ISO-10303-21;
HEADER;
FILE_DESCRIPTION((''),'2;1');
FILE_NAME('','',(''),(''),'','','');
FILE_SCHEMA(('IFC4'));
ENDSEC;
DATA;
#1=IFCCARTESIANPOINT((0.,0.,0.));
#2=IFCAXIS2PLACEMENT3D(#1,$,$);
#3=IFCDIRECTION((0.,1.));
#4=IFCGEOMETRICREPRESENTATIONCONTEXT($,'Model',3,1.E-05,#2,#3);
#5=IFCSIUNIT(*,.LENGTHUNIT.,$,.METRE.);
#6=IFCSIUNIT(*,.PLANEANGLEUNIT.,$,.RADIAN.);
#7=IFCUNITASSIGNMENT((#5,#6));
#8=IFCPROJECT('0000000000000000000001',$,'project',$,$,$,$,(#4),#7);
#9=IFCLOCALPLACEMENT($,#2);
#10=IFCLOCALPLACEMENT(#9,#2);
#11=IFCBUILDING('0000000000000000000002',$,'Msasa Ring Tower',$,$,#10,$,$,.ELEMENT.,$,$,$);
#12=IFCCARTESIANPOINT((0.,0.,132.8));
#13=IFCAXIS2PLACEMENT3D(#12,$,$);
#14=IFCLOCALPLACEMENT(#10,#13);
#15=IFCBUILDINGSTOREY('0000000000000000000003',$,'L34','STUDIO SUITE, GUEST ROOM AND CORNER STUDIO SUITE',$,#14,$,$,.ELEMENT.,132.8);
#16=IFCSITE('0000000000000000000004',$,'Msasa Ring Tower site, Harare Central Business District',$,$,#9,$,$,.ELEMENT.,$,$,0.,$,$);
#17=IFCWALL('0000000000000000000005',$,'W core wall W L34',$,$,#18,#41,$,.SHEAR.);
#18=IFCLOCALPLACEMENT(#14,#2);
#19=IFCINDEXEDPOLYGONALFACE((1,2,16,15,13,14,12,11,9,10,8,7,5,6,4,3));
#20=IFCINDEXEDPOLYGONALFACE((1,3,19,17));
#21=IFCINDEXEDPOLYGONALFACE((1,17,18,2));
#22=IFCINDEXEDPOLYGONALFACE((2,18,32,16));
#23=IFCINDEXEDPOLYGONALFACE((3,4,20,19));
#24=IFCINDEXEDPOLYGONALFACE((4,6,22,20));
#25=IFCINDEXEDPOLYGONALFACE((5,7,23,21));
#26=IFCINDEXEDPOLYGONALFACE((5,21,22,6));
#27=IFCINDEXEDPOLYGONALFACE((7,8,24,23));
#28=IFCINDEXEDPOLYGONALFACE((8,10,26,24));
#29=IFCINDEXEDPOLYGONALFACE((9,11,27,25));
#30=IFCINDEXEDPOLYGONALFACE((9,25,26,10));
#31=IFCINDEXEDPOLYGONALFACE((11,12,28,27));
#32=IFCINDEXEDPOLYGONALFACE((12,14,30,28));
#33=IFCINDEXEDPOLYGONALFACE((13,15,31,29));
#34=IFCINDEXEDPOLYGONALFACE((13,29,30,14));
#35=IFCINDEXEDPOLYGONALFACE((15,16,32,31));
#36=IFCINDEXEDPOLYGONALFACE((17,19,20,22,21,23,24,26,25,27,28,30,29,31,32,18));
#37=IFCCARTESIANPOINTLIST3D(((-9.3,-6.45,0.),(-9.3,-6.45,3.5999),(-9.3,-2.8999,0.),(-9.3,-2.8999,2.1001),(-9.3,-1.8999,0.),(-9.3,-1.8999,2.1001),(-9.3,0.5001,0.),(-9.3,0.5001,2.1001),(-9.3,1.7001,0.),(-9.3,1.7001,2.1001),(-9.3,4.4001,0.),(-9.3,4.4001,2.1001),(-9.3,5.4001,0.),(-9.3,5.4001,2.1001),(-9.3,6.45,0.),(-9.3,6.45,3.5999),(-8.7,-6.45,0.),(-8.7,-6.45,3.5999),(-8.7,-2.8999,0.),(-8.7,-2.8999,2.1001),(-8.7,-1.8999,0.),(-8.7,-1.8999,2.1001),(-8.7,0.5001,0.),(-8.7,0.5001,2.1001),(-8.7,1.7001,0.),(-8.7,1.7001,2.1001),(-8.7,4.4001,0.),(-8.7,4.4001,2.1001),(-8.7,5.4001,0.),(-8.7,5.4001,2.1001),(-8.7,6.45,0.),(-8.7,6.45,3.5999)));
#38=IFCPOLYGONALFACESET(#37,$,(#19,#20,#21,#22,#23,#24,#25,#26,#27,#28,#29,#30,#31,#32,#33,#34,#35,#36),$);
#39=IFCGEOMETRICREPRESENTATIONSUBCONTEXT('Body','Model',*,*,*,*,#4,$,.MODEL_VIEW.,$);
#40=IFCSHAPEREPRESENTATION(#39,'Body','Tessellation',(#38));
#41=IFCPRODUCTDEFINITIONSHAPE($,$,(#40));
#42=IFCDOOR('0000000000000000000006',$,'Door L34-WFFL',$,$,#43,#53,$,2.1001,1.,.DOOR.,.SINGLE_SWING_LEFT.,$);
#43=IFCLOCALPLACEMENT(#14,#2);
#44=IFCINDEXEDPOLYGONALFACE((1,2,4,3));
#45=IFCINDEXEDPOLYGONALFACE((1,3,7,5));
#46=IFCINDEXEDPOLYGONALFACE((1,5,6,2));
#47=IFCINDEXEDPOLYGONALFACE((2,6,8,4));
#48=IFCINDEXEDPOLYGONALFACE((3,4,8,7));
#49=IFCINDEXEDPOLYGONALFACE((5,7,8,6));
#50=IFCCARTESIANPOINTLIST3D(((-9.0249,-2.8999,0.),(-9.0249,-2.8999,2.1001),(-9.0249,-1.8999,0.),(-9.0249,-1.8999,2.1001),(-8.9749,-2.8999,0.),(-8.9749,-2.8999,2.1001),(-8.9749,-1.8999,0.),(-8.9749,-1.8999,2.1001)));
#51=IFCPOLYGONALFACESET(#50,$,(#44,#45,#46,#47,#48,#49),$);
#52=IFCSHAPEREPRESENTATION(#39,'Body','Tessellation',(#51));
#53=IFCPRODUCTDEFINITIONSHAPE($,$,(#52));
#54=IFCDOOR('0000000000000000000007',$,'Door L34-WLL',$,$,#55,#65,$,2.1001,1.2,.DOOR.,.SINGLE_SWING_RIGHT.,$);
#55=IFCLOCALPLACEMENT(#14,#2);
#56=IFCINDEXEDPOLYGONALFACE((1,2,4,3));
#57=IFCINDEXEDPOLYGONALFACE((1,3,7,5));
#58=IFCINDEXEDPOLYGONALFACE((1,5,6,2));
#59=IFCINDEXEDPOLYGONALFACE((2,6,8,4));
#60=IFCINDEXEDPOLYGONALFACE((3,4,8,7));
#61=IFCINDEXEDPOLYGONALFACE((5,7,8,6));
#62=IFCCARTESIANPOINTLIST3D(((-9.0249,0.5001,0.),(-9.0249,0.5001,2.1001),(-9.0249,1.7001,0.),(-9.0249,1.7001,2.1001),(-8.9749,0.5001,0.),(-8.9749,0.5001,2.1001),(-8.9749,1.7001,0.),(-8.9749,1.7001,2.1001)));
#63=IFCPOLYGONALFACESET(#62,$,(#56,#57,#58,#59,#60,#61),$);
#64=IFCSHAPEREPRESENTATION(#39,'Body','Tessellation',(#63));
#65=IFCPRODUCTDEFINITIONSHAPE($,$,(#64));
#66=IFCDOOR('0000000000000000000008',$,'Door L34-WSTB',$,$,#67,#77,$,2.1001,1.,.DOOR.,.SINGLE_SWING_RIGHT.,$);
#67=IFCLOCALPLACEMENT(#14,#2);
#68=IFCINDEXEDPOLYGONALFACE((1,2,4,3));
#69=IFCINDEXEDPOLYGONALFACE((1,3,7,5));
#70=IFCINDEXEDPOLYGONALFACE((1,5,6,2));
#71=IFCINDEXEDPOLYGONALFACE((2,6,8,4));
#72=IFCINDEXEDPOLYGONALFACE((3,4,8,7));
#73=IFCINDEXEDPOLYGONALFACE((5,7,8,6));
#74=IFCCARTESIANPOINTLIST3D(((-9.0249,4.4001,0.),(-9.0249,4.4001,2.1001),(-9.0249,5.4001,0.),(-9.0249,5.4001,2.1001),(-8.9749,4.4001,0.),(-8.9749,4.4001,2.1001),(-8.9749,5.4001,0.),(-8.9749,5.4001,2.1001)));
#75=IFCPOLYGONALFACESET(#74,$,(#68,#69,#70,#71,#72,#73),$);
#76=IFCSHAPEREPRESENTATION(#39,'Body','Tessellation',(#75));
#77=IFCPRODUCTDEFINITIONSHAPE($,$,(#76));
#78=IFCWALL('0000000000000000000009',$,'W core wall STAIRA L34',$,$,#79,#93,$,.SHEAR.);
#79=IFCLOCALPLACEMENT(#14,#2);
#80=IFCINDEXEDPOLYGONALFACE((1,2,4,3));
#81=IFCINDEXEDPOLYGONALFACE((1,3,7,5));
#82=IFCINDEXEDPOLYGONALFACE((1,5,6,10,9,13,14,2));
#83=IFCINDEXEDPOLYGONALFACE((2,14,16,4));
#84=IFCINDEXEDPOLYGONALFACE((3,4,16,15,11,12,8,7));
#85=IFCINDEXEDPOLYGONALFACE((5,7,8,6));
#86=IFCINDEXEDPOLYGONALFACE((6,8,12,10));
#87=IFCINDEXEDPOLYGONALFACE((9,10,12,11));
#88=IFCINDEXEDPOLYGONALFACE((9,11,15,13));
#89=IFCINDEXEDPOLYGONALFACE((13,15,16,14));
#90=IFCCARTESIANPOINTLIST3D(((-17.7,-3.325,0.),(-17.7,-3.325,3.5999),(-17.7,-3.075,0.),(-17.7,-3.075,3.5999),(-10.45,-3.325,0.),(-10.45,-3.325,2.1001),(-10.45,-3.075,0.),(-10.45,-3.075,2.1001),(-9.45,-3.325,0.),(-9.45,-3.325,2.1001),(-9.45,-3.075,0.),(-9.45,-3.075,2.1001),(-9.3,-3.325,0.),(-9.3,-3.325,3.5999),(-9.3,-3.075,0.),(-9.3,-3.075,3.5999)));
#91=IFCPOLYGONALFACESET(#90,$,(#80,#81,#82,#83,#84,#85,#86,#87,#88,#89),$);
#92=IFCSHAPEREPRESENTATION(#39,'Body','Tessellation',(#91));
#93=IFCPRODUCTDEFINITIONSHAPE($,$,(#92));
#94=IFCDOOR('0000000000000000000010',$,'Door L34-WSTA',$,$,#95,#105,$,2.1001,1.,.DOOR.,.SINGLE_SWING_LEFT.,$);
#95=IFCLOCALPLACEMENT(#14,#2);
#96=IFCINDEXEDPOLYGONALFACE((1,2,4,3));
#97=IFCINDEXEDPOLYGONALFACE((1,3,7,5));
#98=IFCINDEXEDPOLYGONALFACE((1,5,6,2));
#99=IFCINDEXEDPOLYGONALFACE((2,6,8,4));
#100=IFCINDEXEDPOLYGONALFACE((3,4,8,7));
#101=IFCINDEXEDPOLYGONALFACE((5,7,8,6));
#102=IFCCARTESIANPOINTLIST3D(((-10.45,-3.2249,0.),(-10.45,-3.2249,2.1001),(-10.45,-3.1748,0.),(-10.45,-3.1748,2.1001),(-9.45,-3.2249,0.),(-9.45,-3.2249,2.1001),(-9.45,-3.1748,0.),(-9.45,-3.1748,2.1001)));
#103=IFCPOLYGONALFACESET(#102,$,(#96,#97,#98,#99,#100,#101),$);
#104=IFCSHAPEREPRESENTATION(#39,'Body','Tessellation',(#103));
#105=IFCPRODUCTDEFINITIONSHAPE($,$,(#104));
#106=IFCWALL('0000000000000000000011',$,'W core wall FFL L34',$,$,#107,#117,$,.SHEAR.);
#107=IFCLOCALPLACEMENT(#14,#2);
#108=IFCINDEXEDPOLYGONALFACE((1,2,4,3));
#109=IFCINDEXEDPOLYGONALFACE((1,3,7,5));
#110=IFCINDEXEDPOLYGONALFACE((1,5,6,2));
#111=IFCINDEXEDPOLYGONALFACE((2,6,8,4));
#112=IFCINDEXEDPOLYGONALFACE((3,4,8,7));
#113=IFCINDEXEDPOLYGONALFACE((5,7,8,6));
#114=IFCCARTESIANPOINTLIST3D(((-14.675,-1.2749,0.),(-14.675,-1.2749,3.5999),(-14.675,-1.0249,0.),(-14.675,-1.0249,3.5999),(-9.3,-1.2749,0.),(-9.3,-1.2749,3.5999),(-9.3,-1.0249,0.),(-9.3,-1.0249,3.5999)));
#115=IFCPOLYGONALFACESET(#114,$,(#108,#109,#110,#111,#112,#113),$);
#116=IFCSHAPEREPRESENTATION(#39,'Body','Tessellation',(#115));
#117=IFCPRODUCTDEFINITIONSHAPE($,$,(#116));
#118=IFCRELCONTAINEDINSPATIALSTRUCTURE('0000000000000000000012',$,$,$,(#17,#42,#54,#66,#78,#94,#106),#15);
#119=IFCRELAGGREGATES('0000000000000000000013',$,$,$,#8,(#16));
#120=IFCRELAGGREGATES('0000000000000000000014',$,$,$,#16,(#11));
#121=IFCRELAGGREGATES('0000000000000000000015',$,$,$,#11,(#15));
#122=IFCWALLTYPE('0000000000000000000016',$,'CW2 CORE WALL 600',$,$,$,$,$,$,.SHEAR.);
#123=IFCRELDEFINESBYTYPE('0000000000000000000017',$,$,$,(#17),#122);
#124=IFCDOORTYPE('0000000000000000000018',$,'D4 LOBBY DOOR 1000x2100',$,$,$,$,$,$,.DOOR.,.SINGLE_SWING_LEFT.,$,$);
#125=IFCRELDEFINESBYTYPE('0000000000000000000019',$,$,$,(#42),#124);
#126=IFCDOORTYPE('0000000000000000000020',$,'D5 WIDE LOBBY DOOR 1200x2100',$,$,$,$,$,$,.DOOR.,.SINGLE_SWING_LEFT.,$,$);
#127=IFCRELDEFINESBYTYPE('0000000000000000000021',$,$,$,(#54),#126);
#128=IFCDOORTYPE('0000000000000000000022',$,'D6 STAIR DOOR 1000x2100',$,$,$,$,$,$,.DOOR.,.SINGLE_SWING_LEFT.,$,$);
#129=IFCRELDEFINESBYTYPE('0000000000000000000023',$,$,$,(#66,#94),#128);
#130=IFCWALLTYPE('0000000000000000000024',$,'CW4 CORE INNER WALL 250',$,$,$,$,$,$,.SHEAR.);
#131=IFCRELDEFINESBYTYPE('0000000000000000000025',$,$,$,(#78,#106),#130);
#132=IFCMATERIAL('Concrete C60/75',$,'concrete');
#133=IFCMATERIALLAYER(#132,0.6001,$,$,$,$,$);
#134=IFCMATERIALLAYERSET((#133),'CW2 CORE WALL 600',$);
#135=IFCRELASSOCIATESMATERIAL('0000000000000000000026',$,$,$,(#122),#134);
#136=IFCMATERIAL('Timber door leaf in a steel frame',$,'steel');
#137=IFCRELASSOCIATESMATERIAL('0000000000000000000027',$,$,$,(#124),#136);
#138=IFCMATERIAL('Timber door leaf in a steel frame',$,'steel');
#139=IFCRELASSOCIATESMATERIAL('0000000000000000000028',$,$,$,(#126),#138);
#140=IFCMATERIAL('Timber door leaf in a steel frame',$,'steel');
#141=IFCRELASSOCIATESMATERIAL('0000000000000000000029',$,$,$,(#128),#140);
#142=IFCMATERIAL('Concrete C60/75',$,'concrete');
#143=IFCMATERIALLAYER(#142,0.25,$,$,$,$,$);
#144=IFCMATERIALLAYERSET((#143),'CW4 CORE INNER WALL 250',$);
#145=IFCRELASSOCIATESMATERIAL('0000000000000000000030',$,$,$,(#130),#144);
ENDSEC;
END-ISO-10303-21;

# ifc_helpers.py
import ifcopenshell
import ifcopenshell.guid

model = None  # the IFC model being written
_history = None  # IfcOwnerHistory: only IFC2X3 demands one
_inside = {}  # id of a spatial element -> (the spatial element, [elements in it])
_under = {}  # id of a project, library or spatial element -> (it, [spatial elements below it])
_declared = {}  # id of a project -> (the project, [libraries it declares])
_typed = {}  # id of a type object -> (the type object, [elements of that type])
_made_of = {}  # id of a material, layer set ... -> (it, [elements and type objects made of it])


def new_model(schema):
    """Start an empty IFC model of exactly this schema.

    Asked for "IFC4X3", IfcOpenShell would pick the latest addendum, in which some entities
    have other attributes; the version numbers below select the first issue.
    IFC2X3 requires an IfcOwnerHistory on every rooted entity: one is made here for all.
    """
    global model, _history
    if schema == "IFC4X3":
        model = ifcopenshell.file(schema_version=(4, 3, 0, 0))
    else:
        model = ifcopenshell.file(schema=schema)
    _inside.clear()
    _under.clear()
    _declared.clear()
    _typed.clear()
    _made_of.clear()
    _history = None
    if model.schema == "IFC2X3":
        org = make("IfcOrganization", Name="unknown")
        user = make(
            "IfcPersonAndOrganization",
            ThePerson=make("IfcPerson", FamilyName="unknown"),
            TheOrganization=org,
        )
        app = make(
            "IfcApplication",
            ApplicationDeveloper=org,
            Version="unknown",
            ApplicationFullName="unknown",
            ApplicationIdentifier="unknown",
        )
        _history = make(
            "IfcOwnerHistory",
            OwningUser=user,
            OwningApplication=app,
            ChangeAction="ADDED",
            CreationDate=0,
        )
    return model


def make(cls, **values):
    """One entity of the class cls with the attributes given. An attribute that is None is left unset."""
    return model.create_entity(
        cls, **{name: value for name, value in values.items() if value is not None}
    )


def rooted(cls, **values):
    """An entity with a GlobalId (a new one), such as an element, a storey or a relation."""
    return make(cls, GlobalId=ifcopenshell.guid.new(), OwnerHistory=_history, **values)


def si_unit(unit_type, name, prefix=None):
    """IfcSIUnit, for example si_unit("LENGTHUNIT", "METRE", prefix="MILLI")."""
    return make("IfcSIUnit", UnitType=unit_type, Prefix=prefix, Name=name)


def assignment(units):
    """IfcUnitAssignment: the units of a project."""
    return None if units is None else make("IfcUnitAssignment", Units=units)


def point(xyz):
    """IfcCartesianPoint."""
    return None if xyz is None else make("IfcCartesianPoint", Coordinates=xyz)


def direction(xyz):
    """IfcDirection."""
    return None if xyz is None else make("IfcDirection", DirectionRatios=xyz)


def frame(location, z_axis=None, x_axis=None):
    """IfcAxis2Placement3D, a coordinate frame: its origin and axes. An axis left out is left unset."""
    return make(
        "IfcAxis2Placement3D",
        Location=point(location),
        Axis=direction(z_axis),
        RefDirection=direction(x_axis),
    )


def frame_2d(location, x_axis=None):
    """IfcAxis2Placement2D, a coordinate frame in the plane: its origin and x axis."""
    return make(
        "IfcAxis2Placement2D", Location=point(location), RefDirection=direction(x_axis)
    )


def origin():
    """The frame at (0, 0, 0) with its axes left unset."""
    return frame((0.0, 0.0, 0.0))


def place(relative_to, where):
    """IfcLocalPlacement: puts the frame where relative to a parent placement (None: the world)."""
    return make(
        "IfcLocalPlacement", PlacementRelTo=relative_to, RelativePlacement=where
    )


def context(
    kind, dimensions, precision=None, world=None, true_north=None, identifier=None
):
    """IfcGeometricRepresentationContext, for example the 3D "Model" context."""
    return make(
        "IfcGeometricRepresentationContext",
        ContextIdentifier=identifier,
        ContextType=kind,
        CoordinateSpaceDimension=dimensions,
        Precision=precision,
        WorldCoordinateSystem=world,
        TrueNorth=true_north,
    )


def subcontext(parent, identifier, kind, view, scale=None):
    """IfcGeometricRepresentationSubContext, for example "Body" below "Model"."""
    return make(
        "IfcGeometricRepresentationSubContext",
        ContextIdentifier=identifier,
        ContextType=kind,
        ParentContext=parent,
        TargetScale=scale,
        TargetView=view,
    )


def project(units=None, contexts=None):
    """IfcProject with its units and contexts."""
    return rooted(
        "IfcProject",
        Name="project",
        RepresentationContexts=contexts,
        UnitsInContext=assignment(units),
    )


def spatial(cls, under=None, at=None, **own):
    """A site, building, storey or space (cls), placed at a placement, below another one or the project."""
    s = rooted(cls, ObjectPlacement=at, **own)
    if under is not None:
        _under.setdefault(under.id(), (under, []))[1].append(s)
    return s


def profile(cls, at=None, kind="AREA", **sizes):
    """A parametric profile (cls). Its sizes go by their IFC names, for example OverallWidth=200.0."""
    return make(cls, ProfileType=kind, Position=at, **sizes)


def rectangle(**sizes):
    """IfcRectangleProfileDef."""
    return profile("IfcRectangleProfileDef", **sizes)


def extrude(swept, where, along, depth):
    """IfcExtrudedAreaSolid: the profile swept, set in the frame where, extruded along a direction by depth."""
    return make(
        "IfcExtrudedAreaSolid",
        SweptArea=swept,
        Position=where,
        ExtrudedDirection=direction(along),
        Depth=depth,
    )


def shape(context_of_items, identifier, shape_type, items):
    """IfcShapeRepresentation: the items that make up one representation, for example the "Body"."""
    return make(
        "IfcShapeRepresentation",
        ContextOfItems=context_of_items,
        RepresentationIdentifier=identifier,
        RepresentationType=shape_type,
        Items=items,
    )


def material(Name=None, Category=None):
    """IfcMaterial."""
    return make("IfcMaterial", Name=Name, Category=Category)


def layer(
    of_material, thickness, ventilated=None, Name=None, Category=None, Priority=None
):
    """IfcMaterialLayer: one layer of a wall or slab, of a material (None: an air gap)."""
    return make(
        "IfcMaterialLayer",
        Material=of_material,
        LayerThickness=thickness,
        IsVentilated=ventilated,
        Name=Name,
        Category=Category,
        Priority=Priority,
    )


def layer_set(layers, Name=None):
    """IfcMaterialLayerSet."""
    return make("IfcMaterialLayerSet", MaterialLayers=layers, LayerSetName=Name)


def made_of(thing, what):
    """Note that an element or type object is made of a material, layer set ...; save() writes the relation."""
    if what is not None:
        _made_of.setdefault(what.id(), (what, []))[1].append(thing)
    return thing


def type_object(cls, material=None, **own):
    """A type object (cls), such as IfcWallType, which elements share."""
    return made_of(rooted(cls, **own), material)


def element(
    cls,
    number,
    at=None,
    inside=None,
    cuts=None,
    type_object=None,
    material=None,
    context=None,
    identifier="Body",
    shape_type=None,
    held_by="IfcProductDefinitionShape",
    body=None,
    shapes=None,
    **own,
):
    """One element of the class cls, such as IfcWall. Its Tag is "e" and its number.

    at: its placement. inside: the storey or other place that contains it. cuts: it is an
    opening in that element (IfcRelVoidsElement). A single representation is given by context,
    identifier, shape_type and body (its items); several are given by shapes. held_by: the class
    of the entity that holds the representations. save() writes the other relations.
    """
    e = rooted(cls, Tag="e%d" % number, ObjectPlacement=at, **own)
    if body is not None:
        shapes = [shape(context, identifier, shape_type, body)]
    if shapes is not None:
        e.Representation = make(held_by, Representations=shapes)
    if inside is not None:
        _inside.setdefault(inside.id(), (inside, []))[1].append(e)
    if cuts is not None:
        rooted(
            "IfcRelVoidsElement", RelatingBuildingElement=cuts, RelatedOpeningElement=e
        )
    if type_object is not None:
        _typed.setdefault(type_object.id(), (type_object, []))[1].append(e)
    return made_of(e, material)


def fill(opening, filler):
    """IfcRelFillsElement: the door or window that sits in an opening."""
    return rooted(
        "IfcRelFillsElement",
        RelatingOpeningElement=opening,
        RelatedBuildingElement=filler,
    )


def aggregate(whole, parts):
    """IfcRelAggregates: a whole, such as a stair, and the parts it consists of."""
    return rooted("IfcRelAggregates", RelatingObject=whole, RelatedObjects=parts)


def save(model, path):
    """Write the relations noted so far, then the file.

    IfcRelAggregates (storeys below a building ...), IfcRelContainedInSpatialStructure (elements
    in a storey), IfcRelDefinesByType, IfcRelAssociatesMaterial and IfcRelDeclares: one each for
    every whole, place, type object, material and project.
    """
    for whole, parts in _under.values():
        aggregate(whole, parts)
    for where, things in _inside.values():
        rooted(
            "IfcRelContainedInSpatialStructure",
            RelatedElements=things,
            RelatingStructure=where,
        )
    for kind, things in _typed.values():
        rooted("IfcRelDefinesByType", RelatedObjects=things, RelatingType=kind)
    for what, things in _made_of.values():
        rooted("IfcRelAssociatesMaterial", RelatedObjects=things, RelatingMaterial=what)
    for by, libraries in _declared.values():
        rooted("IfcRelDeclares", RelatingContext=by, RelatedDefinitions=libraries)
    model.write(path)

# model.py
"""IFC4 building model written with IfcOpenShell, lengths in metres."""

from ifc_helpers import new_model, si_unit, direction, frame, frame_2d, origin, place, context, subcontext, project, spatial, rectangle, extrude, material, layer, layer_set, type_object, element, fill, save


model = new_model("IFC4")

# Units and contexts
model_context = context("Model", 3, precision=1e-05, world=origin(), true_north=direction((0.0, 1.0)))
body_context = subcontext(model_context, "Body", "Model", "MODEL_VIEW")
ifc_project = project(units=[si_unit("LENGTHUNIT", "METRE"), si_unit("PLANEANGLEUNIT", "RADIAN")], contexts=[model_context])

# Site, building, storey
site_placement = place(None, origin())
site = spatial("IfcSite", under=ifc_project, at=site_placement, Name="Msasa Ring Tower site, Harare Central Business District", CompositionType="ELEMENT", RefElevation=0.0)
building_placement = place(site_placement, origin())
building = spatial("IfcBuilding", under=site, at=building_placement, Name="Msasa Ring Tower", CompositionType="ELEMENT")
storey_placement = place(building_placement, frame((0.0, 0.0, 132.8)))
storey = spatial("IfcBuildingStorey", under=building, at=storey_placement, Name="L34", Description="STUDIO SUITE, GUEST ROOM AND CORNER STUDIO SUITE", CompositionType="ELEMENT", Elevation=132.8)

# Shared definitions
ifc_material_1 = material(Name="Concrete C60/75", Category="concrete")
ifc_layer_1 = layer(ifc_material_1, 0.6001)
ifc_layer_set_1 = layer_set([ifc_layer_1], Name="CW2 CORE WALL 600")
wall_type_1 = type_object("IfcWallType", Name="CW2 CORE WALL 600", PredefinedType="SHEAR", material=ifc_layer_set_1)

# Wall, openings, doors
wall_1_placement = place(storey_placement, frame((-9.0, -6.45, 0.0), z_axis=(0.0, 0.0, 1.0), x_axis=(0.0, 1.0, 0.0)))
wall_1 = element("IfcWall", 1, at=wall_1_placement, inside=storey, type_object=wall_type_1, Name="W core wall W L34", PredefinedType="SHEAR", context=body_context, shape_type="SweptSolid", body=[
    extrude(rectangle(XDim=12.8999, YDim=0.6001, at=frame_2d((6.45, 0.0))), origin(), (0.0, 0.0, 1.0), 3.5999),
])
opening_1_placement = place(wall_1_placement, frame((3.55, 0.0, 0.0)))
opening_1 = element("IfcOpeningElement", 2, at=opening_1_placement, cuts=wall_1, PredefinedType="OPENING", context=body_context, shape_type="SweptSolid", body=[
    extrude(rectangle(XDim=1.0, YDim=2.1001, at=frame_2d((0.5, 1.05))), frame((0.0, 0.3101, 0.0), z_axis=(0.0, -1.0, 0.0), x_axis=(1.0, 0.0, 0.0)), (0.0, 0.0, 1.0), 0.6201),
])
opening_2_placement = place(wall_1_placement, frame((6.95, 0.0, 0.0)))
opening_2 = element("IfcOpeningElement", 3, at=opening_2_placement, cuts=wall_1, PredefinedType="OPENING", context=body_context, shape_type="SweptSolid", body=[
    extrude(rectangle(XDim=1.2, YDim=2.1001, at=frame_2d((0.6001, 1.05))), frame((0.0, 0.3101, 0.0), z_axis=(0.0, -1.0, 0.0), x_axis=(1.0, 0.0, 0.0)), (0.0, 0.0, 1.0), 0.6201),
])
opening_3_placement = place(wall_1_placement, frame((10.8501, 0.0, 0.0)))
opening_3 = element("IfcOpeningElement", 4, at=opening_3_placement, cuts=wall_1, PredefinedType="OPENING", context=body_context, shape_type="SweptSolid", body=[
    extrude(rectangle(XDim=1.0, YDim=2.1001, at=frame_2d((0.5, 1.05))), frame((0.0, 0.3101, 0.0), z_axis=(0.0, -1.0, 0.0), x_axis=(1.0, 0.0, 0.0)), (0.0, 0.0, 1.0), 0.6201),
])
ifc_material_2 = material(Name="Timber door leaf in a steel frame", Category="steel")
door_type_1 = type_object("IfcDoorType", Name="D4 LOBBY DOOR 1000x2100", OperationType="SINGLE_SWING_LEFT", PredefinedType="DOOR", material=ifc_material_2)
door_1_placement = place(opening_1_placement, origin())
door_1 = element("IfcDoor", 5, at=door_1_placement, inside=storey, type_object=door_type_1, Name="Door L34-WFFL", OperationType="SINGLE_SWING_LEFT", OverallHeight=2.1001, OverallWidth=1.0, PredefinedType="DOOR", context=body_context, shape_type="SweptSolid", body=[
    extrude(rectangle(XDim=1.0, YDim=2.1001, at=frame_2d((0.5, 1.05))), frame((0.0, 0.0249, 0.0), z_axis=(0.0, -1.0, 0.0), x_axis=(1.0, 0.0, 0.0)), (0.0, 0.0, 1.0), 0.05),
])
fill(opening_1, door_1)
ifc_material_3 = material(Name="Timber door leaf in a steel frame", Category="steel")
door_type_2 = type_object("IfcDoorType", Name="D5 WIDE LOBBY DOOR 1200x2100", OperationType="SINGLE_SWING_LEFT", PredefinedType="DOOR", material=ifc_material_3)
door_2_placement = place(opening_2_placement, origin())
door_2 = element("IfcDoor", 6, at=door_2_placement, inside=storey, type_object=door_type_2, Name="Door L34-WLL", OperationType="SINGLE_SWING_RIGHT", OverallHeight=2.1001, OverallWidth=1.2, PredefinedType="DOOR", context=body_context, shape_type="SweptSolid", body=[
    extrude(rectangle(XDim=1.2, YDim=2.1001, at=frame_2d((0.6001, 1.05))), frame((0.0, 0.0249, 0.0), z_axis=(0.0, -1.0, 0.0), x_axis=(1.0, 0.0, 0.0)), (0.0, 0.0, 1.0), 0.05),
])
fill(opening_2, door_2)
ifc_material_4 = material(Name="Timber door leaf in a steel frame", Category="steel")
door_type_3 = type_object("IfcDoorType", Name="D6 STAIR DOOR 1000x2100", OperationType="SINGLE_SWING_LEFT", PredefinedType="DOOR", material=ifc_material_4)
door_3_placement = place(opening_3_placement, origin())
door_3 = element("IfcDoor", 7, at=door_3_placement, inside=storey, type_object=door_type_3, Name="Door L34-WSTB", OperationType="SINGLE_SWING_RIGHT", OverallHeight=2.1001, OverallWidth=1.0, PredefinedType="DOOR", context=body_context, shape_type="SweptSolid", body=[
    extrude(rectangle(XDim=1.0, YDim=2.1001, at=frame_2d((0.5, 1.05))), frame((0.0, 0.0249, 0.0), z_axis=(0.0, -1.0, 0.0), x_axis=(1.0, 0.0, 0.0)), (0.0, 0.0, 1.0), 0.05),
])
fill(opening_3, door_3)

# Wall, opening, door
ifc_material_5 = material(Name="Concrete C60/75", Category="concrete")
ifc_layer_2 = layer(ifc_material_5, 0.25)
ifc_layer_set_2 = layer_set([ifc_layer_2], Name="CW4 CORE INNER WALL 250")
wall_type_2 = type_object("IfcWallType", Name="CW4 CORE INNER WALL 250", PredefinedType="SHEAR", material=ifc_layer_set_2)
wall_2_placement = place(storey_placement, frame((-9.3, -3.2, 0.0), z_axis=(0.0, 0.0, 1.0), x_axis=(-1.0, 0.0, 0.0)))
wall_2 = element("IfcWall", 8, at=wall_2_placement, inside=storey, type_object=wall_type_2, Name="W core wall STAIRA L34", PredefinedType="SHEAR", context=body_context, shape_type="SweptSolid", body=[
    extrude(rectangle(XDim=8.3999, YDim=0.25, at=frame_2d((4.2, 0.0))), origin(), (0.0, 0.0, 1.0), 3.5999),
])
opening_4_placement = place(wall_2_placement, frame((0.1499, 0.0, 0.0)))
opening_4 = element("IfcOpeningElement", 9, at=opening_4_placement, cuts=wall_2, PredefinedType="OPENING", context=body_context, shape_type="SweptSolid", body=[
    extrude(rectangle(XDim=1.0, YDim=2.1001, at=frame_2d((0.5, 1.05))), frame((0.0, 0.135, 0.0), z_axis=(0.0, -1.0, 0.0), x_axis=(1.0, 0.0, 0.0)), (0.0, 0.0, 1.0), 0.27),
])
door_4_placement = place(opening_4_placement, origin())
door_4 = element("IfcDoor", 10, at=door_4_placement, inside=storey, type_object=door_type_3, Name="Door L34-WSTA", OperationType="SINGLE_SWING_LEFT", OverallHeight=2.1001, OverallWidth=1.0, PredefinedType="DOOR", context=body_context, shape_type="SweptSolid", body=[
    extrude(rectangle(XDim=1.0, YDim=2.1001, at=frame_2d((0.5, 1.05))), frame((0.0, 0.0249, 0.0), z_axis=(0.0, -1.0, 0.0), x_axis=(1.0, 0.0, 0.0)), (0.0, 0.0, 1.0), 0.05),
])
fill(opening_4, door_4)

# Wall
wall_3_placement = place(storey_placement, frame((-9.3, -1.1499, 0.0), z_axis=(0.0, 0.0, 1.0), x_axis=(-1.0, 0.0, 0.0)))
element("IfcWall", 11, at=wall_3_placement, inside=storey, type_object=wall_type_2, Name="W core wall FFL L34", PredefinedType="SHEAR", context=body_context, shape_type="SweptSolid", body=[
    extrude(rectangle(XDim=5.375, YDim=0.25, at=frame_2d((2.6875, 0.0))), origin(), (0.0, 0.0, 1.0), 3.5999),
])

save(model, "model.ifc")
